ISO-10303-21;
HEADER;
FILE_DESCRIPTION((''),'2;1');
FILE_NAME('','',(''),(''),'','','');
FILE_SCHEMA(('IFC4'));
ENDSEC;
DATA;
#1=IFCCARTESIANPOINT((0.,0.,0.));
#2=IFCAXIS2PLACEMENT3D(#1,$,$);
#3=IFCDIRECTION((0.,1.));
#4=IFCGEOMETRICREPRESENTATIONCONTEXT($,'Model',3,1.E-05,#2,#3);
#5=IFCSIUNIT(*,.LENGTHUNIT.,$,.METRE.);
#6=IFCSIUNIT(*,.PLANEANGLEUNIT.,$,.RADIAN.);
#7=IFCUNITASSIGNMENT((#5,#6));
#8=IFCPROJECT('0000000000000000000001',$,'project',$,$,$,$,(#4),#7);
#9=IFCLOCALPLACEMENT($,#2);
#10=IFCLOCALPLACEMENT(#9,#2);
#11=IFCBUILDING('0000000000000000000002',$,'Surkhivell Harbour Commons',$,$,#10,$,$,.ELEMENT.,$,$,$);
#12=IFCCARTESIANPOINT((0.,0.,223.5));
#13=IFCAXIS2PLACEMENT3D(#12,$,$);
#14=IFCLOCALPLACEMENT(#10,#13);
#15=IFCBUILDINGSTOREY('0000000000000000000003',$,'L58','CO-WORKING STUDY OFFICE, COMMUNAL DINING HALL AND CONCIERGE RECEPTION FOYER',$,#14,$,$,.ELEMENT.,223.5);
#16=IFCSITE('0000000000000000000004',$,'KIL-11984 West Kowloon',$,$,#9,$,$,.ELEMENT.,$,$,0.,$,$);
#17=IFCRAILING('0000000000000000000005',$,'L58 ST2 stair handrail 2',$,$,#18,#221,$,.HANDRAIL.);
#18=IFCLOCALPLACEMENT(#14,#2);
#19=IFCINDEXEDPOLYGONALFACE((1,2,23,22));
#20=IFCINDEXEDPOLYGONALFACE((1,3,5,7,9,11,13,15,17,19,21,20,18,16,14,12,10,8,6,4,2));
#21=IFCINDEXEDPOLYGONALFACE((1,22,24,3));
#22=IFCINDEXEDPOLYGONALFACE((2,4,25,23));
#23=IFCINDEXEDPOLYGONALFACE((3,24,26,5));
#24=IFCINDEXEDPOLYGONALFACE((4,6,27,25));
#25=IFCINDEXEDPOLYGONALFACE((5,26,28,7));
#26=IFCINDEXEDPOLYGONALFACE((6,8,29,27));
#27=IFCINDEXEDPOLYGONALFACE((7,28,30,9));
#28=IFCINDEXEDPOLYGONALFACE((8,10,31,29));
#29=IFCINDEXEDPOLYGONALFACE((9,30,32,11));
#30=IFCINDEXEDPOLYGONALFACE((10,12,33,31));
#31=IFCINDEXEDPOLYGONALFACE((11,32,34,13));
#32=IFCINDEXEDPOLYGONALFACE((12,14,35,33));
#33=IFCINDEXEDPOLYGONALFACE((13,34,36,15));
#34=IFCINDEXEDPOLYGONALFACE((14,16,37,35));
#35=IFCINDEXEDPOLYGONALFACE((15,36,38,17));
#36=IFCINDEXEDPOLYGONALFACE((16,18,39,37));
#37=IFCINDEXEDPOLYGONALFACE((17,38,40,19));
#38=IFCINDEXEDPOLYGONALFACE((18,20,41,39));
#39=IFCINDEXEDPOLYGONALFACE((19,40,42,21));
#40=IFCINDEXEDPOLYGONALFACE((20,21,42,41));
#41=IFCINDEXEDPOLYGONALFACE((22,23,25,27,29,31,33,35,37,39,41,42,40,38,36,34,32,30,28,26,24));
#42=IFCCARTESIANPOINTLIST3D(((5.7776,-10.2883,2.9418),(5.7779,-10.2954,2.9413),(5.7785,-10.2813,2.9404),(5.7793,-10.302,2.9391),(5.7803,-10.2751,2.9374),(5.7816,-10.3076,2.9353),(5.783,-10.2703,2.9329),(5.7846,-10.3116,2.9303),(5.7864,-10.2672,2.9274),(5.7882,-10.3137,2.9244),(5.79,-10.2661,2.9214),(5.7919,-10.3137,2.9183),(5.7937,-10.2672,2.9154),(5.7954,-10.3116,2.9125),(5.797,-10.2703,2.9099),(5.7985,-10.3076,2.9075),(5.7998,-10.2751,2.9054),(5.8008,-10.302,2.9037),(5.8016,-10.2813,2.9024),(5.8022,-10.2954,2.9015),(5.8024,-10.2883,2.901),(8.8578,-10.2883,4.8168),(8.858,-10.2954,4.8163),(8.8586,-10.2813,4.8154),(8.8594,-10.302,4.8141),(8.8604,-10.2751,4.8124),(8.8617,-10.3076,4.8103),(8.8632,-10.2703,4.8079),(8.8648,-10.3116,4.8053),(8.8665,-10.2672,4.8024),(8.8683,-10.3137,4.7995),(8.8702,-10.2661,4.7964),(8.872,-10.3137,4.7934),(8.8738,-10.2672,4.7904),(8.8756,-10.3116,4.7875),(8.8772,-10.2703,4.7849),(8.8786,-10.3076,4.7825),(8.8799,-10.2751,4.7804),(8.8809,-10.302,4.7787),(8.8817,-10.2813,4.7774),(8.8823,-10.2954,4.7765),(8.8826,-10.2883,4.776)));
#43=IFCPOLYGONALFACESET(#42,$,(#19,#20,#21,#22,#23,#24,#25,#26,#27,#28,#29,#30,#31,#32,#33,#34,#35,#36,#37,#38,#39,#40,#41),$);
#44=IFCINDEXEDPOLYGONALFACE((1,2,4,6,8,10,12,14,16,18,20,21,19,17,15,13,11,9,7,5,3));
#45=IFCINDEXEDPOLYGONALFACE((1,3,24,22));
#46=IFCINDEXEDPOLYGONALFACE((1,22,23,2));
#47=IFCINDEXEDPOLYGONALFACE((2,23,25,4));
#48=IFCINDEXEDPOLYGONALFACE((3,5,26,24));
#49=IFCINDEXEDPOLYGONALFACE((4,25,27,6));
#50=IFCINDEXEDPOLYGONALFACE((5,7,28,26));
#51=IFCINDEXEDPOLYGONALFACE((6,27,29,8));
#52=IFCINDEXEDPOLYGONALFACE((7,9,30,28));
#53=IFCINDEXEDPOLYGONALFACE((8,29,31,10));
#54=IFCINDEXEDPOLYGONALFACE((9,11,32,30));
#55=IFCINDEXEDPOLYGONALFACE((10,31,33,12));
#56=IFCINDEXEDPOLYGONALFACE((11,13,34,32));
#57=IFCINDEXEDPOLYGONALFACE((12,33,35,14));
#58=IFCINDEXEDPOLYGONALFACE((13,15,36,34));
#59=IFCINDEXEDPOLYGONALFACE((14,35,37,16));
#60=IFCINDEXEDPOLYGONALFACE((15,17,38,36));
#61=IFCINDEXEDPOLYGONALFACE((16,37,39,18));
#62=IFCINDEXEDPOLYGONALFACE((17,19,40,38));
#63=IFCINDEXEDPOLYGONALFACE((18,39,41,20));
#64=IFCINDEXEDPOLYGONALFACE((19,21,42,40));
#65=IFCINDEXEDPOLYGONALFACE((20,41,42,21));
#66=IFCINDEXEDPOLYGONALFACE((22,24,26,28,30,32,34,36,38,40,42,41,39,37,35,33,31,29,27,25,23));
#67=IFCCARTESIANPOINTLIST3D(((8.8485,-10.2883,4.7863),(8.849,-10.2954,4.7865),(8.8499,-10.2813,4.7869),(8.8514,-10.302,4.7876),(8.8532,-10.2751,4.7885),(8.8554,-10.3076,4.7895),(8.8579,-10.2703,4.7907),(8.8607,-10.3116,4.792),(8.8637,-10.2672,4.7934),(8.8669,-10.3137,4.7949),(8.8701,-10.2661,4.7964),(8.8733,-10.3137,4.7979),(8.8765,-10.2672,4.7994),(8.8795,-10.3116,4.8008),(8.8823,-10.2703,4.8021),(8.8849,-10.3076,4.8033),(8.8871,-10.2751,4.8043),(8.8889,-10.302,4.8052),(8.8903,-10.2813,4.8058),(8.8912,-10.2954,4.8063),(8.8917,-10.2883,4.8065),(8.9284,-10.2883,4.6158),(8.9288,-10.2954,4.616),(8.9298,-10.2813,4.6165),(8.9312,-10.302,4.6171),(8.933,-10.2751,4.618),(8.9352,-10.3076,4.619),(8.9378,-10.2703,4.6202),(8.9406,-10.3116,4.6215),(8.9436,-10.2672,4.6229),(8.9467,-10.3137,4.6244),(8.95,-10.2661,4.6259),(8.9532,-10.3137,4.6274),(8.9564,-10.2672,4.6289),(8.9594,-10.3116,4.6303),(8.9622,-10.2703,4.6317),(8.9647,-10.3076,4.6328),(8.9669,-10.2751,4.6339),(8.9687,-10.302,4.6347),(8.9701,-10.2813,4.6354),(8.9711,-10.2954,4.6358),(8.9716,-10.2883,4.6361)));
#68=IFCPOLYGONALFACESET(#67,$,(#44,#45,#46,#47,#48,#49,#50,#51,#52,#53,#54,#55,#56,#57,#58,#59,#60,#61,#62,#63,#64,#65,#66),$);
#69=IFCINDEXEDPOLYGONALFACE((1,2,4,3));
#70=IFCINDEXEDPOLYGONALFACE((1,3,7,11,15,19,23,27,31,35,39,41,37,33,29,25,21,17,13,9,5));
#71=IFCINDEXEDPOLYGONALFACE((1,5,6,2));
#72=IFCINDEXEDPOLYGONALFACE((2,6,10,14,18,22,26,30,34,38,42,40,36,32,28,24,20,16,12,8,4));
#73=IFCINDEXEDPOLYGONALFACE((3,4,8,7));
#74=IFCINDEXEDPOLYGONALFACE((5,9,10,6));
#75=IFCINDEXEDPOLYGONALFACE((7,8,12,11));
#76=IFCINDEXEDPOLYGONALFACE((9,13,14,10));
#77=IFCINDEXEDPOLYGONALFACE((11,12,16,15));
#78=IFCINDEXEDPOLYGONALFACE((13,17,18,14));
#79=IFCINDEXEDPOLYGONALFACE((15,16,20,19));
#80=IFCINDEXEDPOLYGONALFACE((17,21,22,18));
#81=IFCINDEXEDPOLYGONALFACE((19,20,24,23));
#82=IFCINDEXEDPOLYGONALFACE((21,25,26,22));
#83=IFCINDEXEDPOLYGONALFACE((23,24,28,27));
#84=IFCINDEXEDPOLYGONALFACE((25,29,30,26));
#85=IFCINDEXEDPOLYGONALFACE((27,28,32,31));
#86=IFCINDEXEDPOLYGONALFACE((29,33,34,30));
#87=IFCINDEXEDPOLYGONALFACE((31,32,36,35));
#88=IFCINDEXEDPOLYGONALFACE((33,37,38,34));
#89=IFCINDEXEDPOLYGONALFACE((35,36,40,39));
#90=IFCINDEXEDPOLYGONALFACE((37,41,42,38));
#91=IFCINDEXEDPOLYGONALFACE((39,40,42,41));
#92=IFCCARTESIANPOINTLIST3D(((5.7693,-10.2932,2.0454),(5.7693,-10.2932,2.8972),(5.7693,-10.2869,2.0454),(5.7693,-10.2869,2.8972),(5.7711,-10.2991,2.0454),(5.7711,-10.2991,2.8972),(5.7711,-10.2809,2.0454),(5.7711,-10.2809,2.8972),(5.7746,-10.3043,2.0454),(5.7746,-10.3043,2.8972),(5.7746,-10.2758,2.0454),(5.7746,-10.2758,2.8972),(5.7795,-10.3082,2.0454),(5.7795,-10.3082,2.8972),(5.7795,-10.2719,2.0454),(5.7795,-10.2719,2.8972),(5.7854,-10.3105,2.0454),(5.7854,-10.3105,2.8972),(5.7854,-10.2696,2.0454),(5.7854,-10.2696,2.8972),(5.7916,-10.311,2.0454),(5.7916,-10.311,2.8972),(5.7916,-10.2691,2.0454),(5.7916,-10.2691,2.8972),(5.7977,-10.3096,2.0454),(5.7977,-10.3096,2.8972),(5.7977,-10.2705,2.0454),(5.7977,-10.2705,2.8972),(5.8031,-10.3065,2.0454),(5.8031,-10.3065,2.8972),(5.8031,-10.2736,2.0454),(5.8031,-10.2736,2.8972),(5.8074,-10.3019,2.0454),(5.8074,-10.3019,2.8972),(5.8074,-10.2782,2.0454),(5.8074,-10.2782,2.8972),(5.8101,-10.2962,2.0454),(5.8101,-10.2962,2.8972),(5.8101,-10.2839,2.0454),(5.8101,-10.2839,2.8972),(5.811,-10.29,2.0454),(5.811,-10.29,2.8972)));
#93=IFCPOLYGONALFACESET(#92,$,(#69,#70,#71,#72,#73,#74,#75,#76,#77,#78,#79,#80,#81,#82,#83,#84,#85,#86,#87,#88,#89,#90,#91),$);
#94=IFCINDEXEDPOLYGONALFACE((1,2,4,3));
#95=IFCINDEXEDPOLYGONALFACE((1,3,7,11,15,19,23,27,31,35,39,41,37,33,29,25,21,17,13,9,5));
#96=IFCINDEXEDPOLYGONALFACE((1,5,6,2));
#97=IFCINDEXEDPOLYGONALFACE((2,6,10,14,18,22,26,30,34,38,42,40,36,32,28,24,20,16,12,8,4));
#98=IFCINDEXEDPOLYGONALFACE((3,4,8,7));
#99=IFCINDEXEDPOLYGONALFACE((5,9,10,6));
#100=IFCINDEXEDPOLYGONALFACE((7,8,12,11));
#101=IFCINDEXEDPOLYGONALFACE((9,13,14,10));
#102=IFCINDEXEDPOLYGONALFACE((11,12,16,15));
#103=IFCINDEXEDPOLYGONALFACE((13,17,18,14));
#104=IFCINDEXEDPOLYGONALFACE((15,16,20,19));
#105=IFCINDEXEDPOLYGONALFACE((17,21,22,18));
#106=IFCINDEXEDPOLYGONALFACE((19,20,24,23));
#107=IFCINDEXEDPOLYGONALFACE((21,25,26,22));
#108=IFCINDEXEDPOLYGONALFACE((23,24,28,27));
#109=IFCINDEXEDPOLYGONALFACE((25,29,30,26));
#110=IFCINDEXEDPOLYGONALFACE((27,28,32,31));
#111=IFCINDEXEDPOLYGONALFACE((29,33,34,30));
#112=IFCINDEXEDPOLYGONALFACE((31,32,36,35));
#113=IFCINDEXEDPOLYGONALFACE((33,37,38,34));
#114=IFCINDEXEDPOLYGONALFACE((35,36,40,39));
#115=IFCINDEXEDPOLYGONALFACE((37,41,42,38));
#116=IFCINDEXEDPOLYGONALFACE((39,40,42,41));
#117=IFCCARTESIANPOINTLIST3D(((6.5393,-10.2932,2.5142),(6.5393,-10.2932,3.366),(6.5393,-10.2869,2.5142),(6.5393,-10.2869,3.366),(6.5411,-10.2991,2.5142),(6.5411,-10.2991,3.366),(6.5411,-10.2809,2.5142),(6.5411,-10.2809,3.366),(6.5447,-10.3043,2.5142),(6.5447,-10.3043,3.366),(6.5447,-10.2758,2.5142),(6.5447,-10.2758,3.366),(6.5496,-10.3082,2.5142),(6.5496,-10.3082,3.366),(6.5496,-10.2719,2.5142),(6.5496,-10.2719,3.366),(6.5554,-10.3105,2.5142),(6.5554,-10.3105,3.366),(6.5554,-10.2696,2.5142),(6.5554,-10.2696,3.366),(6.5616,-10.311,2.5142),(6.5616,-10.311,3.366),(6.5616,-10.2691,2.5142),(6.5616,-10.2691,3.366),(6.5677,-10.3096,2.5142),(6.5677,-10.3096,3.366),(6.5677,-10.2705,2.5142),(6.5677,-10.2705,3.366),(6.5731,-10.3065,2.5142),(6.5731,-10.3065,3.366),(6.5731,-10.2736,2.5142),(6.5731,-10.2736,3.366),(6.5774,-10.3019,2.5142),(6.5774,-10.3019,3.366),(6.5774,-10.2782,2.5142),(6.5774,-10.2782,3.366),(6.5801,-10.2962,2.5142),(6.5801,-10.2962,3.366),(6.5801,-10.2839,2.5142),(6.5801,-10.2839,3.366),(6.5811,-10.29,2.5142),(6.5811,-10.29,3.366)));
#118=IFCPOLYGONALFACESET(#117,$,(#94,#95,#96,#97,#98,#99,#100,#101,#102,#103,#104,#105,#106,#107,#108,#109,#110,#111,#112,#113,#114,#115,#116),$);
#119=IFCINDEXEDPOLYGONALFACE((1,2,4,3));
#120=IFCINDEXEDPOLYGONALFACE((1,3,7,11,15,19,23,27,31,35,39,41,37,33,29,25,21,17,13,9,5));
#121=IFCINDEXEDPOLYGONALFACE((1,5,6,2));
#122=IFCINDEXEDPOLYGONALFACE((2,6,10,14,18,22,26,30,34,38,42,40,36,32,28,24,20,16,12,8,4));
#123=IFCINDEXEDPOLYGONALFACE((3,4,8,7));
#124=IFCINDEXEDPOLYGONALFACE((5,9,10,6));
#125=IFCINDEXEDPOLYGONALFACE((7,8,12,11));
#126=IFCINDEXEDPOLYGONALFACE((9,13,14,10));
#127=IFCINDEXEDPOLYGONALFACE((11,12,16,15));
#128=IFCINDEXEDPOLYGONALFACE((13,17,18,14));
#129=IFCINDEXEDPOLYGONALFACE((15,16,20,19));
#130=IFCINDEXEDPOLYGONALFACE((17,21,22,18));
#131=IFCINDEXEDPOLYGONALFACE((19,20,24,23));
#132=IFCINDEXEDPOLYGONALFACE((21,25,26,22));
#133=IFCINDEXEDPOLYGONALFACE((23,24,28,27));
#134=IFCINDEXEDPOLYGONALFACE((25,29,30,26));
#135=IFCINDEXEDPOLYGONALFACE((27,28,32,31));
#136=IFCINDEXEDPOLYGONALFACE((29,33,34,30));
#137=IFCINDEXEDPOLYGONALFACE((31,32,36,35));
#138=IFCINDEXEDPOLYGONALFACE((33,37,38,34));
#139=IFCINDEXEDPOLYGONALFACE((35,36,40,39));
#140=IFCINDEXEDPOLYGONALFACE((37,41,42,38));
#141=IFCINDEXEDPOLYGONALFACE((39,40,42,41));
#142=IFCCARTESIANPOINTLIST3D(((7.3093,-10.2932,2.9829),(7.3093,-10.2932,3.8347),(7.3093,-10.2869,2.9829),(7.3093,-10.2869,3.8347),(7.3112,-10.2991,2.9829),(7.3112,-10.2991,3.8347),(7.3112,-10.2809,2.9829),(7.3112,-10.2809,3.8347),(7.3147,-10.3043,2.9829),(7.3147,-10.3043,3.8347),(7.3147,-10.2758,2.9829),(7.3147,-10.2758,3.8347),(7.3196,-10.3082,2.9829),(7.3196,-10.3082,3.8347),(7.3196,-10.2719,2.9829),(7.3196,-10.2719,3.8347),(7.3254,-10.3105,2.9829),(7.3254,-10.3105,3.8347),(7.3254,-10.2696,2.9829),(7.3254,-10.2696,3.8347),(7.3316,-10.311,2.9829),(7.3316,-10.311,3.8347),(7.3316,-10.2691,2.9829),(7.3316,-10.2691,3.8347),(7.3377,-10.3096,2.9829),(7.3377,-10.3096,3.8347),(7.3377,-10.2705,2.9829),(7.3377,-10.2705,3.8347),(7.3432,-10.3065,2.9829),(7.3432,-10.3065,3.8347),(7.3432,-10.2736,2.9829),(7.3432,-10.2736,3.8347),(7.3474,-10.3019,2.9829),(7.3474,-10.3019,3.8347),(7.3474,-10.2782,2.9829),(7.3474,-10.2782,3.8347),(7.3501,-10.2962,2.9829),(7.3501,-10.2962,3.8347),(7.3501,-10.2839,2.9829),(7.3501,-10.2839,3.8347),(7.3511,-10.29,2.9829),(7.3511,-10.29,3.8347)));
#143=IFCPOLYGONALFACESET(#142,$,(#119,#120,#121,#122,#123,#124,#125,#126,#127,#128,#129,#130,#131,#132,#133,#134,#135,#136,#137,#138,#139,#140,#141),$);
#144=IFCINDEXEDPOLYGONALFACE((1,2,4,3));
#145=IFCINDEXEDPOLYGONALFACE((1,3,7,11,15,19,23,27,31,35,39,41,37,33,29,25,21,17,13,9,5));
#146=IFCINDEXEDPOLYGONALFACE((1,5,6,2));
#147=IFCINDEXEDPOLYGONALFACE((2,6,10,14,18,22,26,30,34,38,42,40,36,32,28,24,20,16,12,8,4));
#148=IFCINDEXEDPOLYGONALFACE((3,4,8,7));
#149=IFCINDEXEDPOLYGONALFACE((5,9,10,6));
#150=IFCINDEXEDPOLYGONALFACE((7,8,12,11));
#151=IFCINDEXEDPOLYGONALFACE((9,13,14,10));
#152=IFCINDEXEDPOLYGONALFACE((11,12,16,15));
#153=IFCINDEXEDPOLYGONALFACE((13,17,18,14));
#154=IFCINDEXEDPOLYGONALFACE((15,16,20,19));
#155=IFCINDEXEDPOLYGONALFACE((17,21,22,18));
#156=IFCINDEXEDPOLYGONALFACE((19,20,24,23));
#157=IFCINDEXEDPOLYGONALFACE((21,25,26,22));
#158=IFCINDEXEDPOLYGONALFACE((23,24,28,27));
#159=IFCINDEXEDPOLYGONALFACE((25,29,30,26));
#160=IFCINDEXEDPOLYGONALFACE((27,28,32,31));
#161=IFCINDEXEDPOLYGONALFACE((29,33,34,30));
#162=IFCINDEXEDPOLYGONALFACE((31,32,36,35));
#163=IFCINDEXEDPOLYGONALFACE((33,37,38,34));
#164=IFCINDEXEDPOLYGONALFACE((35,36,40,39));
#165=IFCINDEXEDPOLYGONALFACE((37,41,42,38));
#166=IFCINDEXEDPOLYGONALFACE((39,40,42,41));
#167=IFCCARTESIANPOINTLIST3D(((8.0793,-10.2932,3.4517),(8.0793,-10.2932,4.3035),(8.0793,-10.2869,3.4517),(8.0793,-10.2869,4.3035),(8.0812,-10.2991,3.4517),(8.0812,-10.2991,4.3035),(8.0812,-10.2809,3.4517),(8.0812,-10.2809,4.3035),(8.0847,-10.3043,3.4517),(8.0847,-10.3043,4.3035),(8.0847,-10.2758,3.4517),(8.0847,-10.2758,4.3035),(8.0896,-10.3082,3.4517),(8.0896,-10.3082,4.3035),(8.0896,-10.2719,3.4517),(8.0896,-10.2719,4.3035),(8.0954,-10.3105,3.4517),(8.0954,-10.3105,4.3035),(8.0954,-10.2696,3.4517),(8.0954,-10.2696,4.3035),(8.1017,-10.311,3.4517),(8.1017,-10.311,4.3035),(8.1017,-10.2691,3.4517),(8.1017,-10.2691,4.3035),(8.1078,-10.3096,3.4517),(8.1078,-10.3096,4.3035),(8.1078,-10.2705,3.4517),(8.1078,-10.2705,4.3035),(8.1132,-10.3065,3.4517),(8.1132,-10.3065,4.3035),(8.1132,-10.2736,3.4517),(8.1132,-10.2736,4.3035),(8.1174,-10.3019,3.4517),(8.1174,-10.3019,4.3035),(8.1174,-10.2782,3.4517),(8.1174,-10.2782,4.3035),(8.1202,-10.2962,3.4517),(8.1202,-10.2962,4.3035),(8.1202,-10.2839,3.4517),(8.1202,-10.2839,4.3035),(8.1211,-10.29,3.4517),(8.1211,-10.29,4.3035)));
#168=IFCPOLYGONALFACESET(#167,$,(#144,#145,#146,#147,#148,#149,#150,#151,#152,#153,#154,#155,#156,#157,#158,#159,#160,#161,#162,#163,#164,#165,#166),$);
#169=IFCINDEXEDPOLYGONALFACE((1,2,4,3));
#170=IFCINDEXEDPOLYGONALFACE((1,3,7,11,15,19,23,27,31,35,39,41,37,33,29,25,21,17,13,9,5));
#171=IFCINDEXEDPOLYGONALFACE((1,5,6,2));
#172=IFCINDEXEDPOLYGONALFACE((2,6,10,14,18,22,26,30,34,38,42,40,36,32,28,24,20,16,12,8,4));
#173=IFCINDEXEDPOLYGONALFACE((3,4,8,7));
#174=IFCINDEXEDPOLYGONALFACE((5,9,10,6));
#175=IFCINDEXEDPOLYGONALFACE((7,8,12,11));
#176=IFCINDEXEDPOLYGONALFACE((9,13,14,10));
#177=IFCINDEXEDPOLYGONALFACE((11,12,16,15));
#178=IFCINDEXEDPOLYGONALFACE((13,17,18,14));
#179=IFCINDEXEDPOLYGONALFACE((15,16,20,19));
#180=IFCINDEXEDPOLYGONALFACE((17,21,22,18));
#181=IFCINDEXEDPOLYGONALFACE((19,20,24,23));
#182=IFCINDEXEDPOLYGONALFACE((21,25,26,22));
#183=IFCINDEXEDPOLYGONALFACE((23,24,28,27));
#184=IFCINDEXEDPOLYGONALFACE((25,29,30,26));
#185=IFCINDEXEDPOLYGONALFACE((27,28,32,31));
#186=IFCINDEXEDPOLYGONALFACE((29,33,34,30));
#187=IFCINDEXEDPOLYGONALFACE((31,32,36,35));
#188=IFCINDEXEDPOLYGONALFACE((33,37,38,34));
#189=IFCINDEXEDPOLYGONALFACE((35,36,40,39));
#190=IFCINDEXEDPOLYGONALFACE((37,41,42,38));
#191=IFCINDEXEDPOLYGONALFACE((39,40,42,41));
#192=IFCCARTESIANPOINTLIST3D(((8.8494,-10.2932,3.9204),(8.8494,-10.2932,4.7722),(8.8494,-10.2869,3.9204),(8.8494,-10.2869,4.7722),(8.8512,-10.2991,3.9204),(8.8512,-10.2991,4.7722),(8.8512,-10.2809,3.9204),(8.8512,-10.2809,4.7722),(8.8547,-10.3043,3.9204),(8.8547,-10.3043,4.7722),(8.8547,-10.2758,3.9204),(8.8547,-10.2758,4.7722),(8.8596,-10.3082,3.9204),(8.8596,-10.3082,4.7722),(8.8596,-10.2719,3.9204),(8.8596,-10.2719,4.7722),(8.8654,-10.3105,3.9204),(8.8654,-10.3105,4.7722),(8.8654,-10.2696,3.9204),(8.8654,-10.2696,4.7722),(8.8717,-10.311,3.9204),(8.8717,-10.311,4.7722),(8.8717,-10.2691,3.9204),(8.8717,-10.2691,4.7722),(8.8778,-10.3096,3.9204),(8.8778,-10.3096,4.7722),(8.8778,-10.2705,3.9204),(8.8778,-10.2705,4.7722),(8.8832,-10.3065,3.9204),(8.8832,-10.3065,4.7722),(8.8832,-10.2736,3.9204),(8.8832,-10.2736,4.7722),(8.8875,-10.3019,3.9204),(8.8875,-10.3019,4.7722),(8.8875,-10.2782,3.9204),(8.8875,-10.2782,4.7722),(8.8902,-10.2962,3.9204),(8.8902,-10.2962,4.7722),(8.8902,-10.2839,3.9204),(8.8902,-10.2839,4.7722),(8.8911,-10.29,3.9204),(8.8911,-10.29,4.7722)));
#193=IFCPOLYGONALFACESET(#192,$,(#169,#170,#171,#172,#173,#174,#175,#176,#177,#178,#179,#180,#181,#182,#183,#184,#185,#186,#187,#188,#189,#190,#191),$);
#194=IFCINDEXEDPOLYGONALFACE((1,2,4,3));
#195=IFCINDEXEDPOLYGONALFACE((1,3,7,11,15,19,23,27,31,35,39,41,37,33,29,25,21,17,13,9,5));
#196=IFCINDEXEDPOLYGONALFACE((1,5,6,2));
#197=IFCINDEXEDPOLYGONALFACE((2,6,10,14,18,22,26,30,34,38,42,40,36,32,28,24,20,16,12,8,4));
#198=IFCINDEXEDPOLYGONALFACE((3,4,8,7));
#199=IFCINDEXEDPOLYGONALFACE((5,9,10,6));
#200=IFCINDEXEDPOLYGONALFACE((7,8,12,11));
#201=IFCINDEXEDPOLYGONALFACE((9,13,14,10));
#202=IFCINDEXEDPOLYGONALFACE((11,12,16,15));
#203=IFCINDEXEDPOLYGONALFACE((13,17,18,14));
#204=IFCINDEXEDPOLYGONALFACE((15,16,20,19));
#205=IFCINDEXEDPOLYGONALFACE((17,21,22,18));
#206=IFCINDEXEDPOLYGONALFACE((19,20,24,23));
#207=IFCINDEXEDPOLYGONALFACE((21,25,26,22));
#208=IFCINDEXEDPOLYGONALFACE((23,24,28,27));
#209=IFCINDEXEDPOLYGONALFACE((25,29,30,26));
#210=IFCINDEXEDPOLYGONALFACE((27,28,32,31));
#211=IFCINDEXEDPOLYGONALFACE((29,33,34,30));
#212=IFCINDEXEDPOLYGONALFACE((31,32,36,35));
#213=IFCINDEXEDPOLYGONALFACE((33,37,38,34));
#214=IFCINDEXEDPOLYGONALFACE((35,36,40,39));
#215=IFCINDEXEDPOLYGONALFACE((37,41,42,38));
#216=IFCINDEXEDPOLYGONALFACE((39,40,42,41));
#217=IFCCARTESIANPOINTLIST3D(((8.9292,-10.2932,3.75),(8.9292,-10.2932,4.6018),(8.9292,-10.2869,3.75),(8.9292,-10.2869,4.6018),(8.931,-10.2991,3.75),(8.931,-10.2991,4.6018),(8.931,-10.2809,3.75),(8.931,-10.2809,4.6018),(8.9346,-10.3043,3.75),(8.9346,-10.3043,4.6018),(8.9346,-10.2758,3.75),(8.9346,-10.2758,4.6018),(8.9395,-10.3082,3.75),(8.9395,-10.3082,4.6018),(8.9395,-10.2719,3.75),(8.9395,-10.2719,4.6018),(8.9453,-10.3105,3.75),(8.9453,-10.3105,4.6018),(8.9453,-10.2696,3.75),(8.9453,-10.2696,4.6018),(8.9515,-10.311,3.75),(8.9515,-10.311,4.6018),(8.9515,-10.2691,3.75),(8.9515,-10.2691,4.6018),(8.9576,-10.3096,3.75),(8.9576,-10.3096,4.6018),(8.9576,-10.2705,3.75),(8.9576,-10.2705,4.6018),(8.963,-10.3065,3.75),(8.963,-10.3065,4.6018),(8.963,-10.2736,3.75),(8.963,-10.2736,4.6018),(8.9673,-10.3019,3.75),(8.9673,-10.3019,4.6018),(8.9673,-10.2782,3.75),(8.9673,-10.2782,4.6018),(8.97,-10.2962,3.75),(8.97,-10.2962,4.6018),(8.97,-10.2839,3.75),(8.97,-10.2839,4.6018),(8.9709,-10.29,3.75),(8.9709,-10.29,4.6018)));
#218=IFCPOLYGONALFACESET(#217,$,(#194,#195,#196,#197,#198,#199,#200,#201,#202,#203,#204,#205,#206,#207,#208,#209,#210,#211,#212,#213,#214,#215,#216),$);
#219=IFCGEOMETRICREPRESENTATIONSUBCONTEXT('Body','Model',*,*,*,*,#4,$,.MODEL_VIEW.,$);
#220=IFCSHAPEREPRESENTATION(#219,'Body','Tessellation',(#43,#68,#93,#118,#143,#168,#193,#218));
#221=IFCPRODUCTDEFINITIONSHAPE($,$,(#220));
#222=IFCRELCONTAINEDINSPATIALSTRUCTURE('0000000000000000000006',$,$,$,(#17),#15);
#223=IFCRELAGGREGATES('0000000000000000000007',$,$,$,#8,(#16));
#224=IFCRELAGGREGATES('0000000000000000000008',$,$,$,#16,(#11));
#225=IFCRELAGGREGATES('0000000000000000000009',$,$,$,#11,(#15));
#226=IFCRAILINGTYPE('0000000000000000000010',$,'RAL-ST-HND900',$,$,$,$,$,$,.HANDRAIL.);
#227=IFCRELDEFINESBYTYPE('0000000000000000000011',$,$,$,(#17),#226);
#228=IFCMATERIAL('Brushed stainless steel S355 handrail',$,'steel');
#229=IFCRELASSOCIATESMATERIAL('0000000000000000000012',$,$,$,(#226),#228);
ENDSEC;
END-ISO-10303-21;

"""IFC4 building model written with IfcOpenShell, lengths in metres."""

from ifc_helpers import new_model, si_unit, direction, frame, origin, origin_2d, place, context, subcontext, project, spatial, circle, extrude, material, type_object, element, save


model = new_model("IFC4")

# Units and contexts
model_context = context("Model", 3, precision=1e-05, world=origin(), true_north=direction((0.0, 1.0)))
body_context = subcontext(model_context, "Body", "Model", "MODEL_VIEW")
ifc_project = project(units=[si_unit("LENGTHUNIT", "METRE"), si_unit("PLANEANGLEUNIT", "RADIAN")], contexts=[model_context])

# Site, building, storey
site_placement = place(None, origin())
site = spatial("IfcSite", under=ifc_project, at=site_placement, Name="KIL-11984 West Kowloon", CompositionType="ELEMENT", RefElevation=0.0)
building_placement = place(site_placement, origin())
building = spatial("IfcBuilding", under=site, at=building_placement, Name="Surkhivell Harbour Commons", CompositionType="ELEMENT")
storey_placement = place(building_placement, frame((0.0, 0.0, 223.5)))
storey = spatial("IfcBuildingStorey", under=building, at=storey_placement, Name="L58", Description="CO-WORKING STUDY OFFICE, COMMUNAL DINING HALL AND CONCIERGE RECEPTION FOYER", CompositionType="ELEMENT", Elevation=223.5)

# Railing
ifc_material_1 = material(Name="Brushed stainless steel S355 handrail", Category="steel")
railing_type_1 = type_object("IfcRailingType", Name="RAL-ST-HND900", PredefinedType="HANDRAIL", material=ifc_material_1)
railing_1_placement = place(storey_placement, frame((5.79, -10.29, 2.0454)))
element("IfcRailing", 1, at=railing_1_placement, inside=storey, type_object=railing_type_1, Name="L58 ST2 stair handrail 2", PredefinedType="HANDRAIL", context=body_context, shape_type="SweptSolid", body=[
    extrude(circle(Radius=0.0239, at=origin_2d()), frame((0.0, 0.0, 0.876), z_axis=(0.854178, 0.0, 0.519981), x_axis=(0.0, 1.0, 0.0)), (0.0, 0.0, 1.0), 3.606),
    extrude(circle(Radius=0.0239, at=origin_2d()), frame((3.0801, 0.0, 2.751), z_axis=(0.424234, 0.0, -0.905552), x_axis=(0.0, 1.0, 0.0)), (0.0, 0.0, 1.0), 0.1882),
    extrude(circle(Radius=0.021, at=origin_2d()), origin(), (0.0, 0.0, 1.0), 0.8518),
    extrude(circle(Radius=0.021, at=origin_2d()), frame((0.77, 0.0, 0.4688)), (0.0, 0.0, 1.0), 0.8518),
    extrude(circle(Radius=0.021, at=origin_2d()), frame((1.54, 0.0, 0.9375)), (0.0, 0.0, 1.0), 0.8518),
    extrude(circle(Radius=0.021, at=origin_2d()), frame((2.3101, 0.0, 1.4062)), (0.0, 0.0, 1.0), 0.8518),
    extrude(circle(Radius=0.021, at=origin_2d()), frame((3.0801, 0.0, 1.875)), (0.0, 0.0, 1.0), 0.8518),
    extrude(circle(Radius=0.021, at=origin_2d()), frame((3.1599, 0.0, 1.7046)), (0.0, 0.0, 1.0), 0.8518),
])

save(model, "model.ifc")
